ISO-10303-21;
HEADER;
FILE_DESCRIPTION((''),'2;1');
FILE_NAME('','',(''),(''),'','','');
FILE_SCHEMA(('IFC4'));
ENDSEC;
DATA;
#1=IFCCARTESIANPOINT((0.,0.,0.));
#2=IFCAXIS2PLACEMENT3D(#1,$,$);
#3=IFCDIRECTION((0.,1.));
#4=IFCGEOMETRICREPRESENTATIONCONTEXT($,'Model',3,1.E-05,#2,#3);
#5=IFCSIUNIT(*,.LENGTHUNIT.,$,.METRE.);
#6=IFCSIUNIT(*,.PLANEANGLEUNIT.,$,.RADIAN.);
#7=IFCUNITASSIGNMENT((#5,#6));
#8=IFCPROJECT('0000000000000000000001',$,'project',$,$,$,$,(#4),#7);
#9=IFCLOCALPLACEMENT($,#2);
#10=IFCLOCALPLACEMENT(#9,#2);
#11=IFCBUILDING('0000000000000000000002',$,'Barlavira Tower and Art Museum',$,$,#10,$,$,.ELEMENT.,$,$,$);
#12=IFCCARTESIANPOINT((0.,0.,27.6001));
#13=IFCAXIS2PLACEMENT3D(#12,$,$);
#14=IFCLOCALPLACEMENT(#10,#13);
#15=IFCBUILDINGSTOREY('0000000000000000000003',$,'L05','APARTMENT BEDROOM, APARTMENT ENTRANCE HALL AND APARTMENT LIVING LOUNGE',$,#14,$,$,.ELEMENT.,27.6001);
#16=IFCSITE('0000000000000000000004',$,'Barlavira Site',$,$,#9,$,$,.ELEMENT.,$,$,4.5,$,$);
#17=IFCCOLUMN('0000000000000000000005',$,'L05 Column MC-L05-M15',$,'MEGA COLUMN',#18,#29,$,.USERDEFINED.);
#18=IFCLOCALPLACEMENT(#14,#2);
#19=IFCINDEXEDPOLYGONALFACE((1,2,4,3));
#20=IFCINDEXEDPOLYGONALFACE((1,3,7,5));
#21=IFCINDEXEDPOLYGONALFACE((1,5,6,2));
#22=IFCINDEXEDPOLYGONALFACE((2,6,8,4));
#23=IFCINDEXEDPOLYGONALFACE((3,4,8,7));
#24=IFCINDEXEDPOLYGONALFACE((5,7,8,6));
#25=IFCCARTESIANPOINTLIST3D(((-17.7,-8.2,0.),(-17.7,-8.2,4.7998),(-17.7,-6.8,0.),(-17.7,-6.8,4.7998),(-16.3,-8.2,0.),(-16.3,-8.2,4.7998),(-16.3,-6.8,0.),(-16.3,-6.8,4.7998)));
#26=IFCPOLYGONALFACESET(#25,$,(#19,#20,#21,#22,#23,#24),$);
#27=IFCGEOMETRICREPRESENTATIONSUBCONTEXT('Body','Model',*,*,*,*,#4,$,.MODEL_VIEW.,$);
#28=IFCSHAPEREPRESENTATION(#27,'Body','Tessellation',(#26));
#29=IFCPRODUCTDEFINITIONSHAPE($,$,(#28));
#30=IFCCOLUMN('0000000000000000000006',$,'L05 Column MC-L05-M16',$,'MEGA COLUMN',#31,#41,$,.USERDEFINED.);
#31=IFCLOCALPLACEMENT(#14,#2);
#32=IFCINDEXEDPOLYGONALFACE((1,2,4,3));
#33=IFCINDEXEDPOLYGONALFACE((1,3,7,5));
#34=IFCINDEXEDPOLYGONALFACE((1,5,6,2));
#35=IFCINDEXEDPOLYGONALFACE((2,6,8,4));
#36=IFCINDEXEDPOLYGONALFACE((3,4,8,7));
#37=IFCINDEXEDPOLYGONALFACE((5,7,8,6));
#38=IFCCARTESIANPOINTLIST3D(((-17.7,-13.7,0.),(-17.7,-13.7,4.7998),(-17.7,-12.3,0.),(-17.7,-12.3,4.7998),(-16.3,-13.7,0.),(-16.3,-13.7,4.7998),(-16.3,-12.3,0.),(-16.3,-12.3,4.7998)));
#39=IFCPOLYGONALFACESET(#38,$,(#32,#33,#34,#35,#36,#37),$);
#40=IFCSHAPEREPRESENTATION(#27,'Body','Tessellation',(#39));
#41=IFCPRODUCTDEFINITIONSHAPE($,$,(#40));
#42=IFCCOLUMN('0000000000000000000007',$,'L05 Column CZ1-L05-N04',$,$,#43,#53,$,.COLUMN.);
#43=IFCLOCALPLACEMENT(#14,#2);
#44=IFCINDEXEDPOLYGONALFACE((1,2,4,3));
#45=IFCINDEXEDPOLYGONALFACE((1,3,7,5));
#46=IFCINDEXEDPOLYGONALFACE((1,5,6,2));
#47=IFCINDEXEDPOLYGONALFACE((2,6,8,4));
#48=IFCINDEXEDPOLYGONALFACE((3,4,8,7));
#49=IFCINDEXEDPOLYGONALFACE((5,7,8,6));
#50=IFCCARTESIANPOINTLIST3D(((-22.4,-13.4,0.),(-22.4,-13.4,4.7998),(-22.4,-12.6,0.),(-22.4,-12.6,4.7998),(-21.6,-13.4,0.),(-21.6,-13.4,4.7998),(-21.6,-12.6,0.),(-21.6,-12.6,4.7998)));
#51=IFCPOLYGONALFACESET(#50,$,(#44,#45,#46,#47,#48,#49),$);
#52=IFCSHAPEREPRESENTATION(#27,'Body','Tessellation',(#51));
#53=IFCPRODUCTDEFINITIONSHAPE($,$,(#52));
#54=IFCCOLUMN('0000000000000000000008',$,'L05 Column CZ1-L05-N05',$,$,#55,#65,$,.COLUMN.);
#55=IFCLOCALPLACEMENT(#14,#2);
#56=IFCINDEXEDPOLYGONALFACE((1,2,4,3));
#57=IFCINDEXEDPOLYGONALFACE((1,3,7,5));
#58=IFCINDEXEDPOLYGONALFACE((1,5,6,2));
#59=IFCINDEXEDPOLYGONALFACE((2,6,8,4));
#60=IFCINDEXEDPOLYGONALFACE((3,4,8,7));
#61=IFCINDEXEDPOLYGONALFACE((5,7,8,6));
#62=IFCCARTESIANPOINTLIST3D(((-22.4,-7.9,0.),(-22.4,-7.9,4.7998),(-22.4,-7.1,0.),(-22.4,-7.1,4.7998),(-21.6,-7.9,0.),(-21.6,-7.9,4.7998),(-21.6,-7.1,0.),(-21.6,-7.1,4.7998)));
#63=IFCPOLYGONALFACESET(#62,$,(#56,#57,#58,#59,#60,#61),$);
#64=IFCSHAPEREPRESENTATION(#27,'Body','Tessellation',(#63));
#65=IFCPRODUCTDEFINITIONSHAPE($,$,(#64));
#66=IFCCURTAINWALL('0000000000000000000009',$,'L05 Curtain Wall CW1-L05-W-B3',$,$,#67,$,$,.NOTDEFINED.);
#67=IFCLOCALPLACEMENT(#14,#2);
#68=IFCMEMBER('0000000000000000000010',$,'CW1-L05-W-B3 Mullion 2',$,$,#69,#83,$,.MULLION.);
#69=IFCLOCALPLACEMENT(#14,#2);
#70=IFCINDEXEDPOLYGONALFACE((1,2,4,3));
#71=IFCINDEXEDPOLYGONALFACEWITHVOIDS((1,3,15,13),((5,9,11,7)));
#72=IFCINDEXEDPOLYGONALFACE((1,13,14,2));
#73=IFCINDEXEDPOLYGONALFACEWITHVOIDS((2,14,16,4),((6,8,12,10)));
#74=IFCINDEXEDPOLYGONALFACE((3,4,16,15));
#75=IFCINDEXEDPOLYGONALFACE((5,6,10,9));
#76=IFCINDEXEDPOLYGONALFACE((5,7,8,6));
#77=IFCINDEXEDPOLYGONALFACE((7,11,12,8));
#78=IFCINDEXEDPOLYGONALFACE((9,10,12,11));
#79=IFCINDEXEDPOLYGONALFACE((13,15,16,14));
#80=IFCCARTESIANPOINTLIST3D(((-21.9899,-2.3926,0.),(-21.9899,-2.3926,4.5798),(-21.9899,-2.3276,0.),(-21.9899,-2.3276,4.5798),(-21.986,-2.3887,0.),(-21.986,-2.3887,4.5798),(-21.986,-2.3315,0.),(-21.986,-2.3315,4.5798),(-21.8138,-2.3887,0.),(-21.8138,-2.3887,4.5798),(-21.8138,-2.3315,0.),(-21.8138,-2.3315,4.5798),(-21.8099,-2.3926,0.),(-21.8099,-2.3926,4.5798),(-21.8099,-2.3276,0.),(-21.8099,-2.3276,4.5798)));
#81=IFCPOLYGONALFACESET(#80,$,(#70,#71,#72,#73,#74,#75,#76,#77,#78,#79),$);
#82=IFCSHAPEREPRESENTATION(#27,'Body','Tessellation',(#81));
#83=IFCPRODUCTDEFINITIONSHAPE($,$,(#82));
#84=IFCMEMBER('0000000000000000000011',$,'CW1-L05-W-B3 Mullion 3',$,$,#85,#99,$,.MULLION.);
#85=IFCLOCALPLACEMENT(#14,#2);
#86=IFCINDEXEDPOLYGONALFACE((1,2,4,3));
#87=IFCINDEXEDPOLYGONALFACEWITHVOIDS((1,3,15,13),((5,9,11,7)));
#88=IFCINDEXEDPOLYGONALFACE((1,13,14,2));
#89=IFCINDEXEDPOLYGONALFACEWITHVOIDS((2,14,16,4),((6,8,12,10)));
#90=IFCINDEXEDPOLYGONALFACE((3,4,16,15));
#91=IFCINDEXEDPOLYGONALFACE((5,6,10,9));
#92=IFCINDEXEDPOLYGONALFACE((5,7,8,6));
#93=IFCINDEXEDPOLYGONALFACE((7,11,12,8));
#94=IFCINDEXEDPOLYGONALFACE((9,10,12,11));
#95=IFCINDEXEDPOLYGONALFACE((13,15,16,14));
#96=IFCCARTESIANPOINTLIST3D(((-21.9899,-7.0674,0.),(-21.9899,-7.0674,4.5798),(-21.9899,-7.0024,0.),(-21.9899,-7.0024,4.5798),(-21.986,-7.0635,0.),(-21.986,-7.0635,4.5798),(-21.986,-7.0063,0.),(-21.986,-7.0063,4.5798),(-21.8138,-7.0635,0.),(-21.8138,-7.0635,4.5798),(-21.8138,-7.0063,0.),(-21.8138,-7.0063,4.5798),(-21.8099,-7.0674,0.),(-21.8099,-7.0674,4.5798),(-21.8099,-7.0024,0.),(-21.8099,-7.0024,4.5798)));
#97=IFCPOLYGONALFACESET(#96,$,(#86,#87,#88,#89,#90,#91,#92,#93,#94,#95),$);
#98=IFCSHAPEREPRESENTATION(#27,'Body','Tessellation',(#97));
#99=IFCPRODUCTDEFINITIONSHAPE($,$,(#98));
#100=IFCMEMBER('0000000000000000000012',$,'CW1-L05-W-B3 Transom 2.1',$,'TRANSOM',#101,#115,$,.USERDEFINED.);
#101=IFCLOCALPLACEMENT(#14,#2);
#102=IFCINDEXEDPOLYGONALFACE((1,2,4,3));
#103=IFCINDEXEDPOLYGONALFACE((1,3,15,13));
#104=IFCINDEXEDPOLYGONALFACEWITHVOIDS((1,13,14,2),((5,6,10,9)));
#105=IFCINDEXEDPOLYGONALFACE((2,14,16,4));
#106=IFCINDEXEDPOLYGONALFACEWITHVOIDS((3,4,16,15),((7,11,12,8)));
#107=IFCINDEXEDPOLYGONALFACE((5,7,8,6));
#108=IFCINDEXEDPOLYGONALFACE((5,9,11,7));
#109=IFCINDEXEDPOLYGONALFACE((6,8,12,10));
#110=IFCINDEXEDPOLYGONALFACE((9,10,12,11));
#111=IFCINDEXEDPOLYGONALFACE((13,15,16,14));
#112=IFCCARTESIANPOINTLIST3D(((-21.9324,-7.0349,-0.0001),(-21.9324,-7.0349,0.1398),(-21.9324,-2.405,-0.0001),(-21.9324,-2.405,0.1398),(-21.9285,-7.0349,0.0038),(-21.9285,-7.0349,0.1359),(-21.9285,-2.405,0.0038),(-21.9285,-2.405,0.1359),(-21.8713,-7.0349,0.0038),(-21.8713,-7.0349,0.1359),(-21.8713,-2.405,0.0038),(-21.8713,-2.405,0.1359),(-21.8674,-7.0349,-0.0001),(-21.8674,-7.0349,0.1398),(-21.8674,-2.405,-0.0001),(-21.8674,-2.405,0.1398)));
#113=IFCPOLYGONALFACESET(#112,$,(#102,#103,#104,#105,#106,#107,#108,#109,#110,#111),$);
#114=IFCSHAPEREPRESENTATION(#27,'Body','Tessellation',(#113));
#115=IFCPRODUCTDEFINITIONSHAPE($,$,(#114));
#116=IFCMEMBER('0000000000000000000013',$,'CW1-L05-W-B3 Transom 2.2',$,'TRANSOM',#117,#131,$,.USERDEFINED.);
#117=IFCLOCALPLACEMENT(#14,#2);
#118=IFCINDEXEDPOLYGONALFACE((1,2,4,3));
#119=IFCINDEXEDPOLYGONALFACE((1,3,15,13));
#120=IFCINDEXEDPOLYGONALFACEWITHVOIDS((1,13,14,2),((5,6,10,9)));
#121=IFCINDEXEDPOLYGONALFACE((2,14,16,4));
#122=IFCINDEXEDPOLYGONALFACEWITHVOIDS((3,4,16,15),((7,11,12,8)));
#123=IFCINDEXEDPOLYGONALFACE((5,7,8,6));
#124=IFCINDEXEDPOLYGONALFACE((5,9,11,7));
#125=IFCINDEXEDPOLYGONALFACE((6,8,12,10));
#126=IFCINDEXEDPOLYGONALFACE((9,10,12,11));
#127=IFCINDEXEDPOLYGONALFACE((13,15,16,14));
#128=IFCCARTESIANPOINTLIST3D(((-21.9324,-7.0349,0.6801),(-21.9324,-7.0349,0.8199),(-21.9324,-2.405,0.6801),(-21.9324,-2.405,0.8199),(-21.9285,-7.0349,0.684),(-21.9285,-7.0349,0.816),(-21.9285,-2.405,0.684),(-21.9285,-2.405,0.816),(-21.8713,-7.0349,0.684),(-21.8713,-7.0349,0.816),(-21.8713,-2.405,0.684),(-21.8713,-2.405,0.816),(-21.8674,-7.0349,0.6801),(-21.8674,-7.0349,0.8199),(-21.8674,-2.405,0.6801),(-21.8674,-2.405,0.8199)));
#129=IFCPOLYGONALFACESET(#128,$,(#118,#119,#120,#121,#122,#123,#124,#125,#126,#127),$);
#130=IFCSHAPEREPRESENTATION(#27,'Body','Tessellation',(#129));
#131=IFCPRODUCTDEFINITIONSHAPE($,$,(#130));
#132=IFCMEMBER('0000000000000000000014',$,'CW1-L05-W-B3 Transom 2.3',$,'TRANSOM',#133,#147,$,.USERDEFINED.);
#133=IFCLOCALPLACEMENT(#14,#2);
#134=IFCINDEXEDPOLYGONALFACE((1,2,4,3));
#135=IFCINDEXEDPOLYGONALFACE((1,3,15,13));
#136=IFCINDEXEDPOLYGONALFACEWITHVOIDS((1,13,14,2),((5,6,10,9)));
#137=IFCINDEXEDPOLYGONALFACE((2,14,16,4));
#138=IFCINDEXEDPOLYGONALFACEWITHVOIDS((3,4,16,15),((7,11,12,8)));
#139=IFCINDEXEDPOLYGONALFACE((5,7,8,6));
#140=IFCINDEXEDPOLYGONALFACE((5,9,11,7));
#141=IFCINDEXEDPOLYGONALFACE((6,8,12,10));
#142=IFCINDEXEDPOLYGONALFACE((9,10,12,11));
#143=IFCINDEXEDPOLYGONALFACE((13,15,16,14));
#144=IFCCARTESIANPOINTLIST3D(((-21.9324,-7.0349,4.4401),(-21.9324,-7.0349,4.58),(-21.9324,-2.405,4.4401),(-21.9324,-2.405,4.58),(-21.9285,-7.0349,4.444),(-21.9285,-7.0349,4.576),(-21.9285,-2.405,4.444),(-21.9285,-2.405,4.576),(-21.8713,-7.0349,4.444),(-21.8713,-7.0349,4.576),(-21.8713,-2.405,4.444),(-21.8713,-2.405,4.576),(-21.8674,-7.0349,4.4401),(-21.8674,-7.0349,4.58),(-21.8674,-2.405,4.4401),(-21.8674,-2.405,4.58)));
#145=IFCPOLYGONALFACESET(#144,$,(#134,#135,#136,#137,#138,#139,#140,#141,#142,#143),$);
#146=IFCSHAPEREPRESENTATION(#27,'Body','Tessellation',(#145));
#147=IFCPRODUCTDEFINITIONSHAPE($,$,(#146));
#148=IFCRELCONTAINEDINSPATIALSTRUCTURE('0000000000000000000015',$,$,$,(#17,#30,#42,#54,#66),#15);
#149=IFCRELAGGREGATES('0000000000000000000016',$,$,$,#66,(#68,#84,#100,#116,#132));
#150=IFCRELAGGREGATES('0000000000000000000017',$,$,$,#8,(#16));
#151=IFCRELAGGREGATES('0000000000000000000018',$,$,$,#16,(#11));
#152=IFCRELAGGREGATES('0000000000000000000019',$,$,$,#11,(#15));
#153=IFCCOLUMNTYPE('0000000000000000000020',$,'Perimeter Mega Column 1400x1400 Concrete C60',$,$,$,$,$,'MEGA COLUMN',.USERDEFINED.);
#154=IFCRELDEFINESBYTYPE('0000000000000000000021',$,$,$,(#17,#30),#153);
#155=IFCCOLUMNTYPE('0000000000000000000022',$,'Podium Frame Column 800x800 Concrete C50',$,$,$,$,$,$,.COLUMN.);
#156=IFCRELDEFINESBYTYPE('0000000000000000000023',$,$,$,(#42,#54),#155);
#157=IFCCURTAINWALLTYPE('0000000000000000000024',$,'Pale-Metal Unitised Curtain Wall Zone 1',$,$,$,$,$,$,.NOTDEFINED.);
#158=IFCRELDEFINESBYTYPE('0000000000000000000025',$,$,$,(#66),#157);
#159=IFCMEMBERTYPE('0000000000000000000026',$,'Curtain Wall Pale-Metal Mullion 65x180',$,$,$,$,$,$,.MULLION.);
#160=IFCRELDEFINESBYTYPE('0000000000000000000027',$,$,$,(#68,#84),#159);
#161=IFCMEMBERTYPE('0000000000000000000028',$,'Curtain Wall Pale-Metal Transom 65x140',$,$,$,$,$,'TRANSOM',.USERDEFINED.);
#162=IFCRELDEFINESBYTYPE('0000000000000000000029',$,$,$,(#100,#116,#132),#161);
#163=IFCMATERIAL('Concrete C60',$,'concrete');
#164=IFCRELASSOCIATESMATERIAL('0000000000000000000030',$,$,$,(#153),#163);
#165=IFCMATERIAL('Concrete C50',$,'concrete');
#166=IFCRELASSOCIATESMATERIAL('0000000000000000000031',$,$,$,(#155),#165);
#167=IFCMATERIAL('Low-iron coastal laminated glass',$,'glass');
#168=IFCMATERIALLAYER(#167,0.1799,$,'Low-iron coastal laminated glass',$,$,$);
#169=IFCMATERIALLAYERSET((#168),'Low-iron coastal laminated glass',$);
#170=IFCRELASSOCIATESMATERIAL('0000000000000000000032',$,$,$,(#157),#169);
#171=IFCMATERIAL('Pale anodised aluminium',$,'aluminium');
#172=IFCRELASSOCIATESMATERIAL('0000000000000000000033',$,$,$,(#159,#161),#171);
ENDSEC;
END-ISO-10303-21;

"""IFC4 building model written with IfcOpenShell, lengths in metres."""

from ifc_helpers import new_model, si_unit, direction, frame, origin, origin_2d, place, context, subcontext, project, spatial, rectangle, hollow_rectangle, extrude, material, layer, layer_set, material_profile, profile_set, type_object, element, aggregate, save


model = new_model("IFC4")

# Units and contexts
model_context = context("Model", 3, precision=1e-05, world=origin(), true_north=direction((0.0, 1.0)))
body_context = subcontext(model_context, "Body", "Model", "MODEL_VIEW")
ifc_project = project(units=[si_unit("LENGTHUNIT", "METRE"), si_unit("PLANEANGLEUNIT", "RADIAN")], contexts=[model_context])

# Site, building, storey
site_placement = place(None, origin())
site = spatial("IfcSite", under=ifc_project, at=site_placement, Name="Barlavira Site", CompositionType="ELEMENT", RefElevation=4.5)
building_placement = place(site_placement, origin())
building = spatial("IfcBuilding", under=site, at=building_placement, Name="Barlavira Tower and Art Museum", CompositionType="ELEMENT")
storey_placement = place(building_placement, frame((0.0, 0.0, 27.6001)))
storey = spatial("IfcBuildingStorey", under=building, at=storey_placement, Name="L05", Description="APARTMENT BEDROOM, APARTMENT ENTRANCE HALL AND APARTMENT LIVING LOUNGE", CompositionType="ELEMENT", Elevation=27.6001)

# Columns
ifc_material_1 = material(Name="Concrete C60", Category="concrete")
ifc_material_profile_1 = material_profile(ifc_material_1, rectangle(XDim=1.3999, YDim=1.3999, at=origin_2d()), Name="RC-MCOL 1400x1400")
ifc_profile_set_1 = profile_set([ifc_material_profile_1], Name="Concrete C60")
column_type_1 = type_object("IfcColumnType", Name="Perimeter Mega Column 1400x1400 Concrete C60", ElementType="MEGA COLUMN", PredefinedType="USERDEFINED", material=ifc_profile_set_1)
for number, where, z_axis, x_axis, name in (
    (1, (-17.0, -7.5, 0.0), (0.0, 0.0, 1.0), (1.0, 0.0, 0.0), "L05 Column MC-L05-M15"),
    (2, (-17.0, -13.0, 0.0), (0.0, 0.0, 1.0), (1.0, 0.0, 0.0), "L05 Column MC-L05-M16"),
):
    element("IfcColumn", number, at=place(storey_placement, frame(where, z_axis=z_axis, x_axis=x_axis)), inside=storey, type_object=column_type_1, Name=name, ObjectType="MEGA COLUMN", PredefinedType="USERDEFINED", context=body_context, shape_type="SweptSolid", body=[
        extrude(rectangle(XDim=1.3999, YDim=1.3999, at=origin_2d()), origin(), (0.0, 0.0, 1.0), 4.7998),
    ])
ifc_material_2 = material(Name="Concrete C50", Category="concrete")
ifc_material_profile_2 = material_profile(ifc_material_2, rectangle(XDim=0.8, YDim=0.8, at=origin_2d()), Name="RC-COL 800x800")
ifc_profile_set_2 = profile_set([ifc_material_profile_2], Name="Concrete C50")
column_type_2 = type_object("IfcColumnType", Name="Podium Frame Column 800x800 Concrete C50", PredefinedType="COLUMN", material=ifc_profile_set_2)
for number, where, z_axis, x_axis, name in (
    (3, (-22.0, -13.0, 0.0), (0.0, 0.0, 1.0), (1.0, 0.0, 0.0), "L05 Column CZ1-L05-N04"),
    (4, (-22.0, -7.5, 0.0), (0.0, 0.0, 1.0), (1.0, 0.0, 0.0), "L05 Column CZ1-L05-N05"),
):
    element("IfcColumn", number, at=place(storey_placement, frame(where, z_axis=z_axis, x_axis=x_axis)), inside=storey, type_object=column_type_2, Name=name, PredefinedType="COLUMN", context=body_context, shape_type="SweptSolid", body=[
        extrude(rectangle(XDim=0.8, YDim=0.8, at=origin_2d()), origin(), (0.0, 0.0, 1.0), 4.7998),
    ])

# Curtain wall, members
ifc_material_3 = material(Name="Low-iron coastal laminated glass", Category="glass")
ifc_layer_1 = layer(ifc_material_3, 0.1799, Name="Low-iron coastal laminated glass")
ifc_layer_set_1 = layer_set([ifc_layer_1], Name="Low-iron coastal laminated glass")
curtain_wall_type = type_object("IfcCurtainWallType", Name="Pale-Metal Unitised Curtain Wall Zone 1", PredefinedType="NOTDEFINED", material=ifc_layer_set_1)
curtain_wall_placement = place(storey_placement, origin())
curtain_wall = element("IfcCurtainWall", 5, at=curtain_wall_placement, inside=storey, type_object=curtain_wall_type, Name="L05 Curtain Wall CW1-L05-W-B3", PredefinedType="NOTDEFINED")
ifc_material_4 = material(Name="Pale anodised aluminium", Category="aluminium")
ifc_material_profile_3 = material_profile(ifc_material_4, hollow_rectangle(XDim=0.0649, YDim=0.1799, WallThickness=0.0039, at=origin_2d()), Name="ALU-MULL 65x180x4")
ifc_profile_set_3 = profile_set([ifc_material_profile_3], Name="Pale anodised aluminium")
member_type_1 = type_object("IfcMemberType", Name="Curtain Wall Pale-Metal Mullion 65x180", PredefinedType="MULLION", material=ifc_profile_set_3)
member_1_placement = place(storey_placement, frame((-21.8999, -2.3601, 0.0), z_axis=(0.0, 0.0, 1.0), x_axis=(0.0, -1.0, 0.0)))
member_1 = element("IfcMember", 6, at=member_1_placement, type_object=member_type_1, Name="CW1-L05-W-B3 Mullion 2", PredefinedType="MULLION", context=body_context, shape_type="SweptSolid", body=[
    extrude(hollow_rectangle(XDim=0.0649, YDim=0.1799, WallThickness=0.0039, at=origin_2d()), origin(), (0.0, 0.0, 1.0), 4.5798),
])
member_2_placement = place(storey_placement, frame((-21.8999, -7.0349, 0.0), z_axis=(0.0, 0.0, 1.0), x_axis=(0.0, -1.0, 0.0)))
member_2 = element("IfcMember", 7, at=member_2_placement, type_object=member_type_1, Name="CW1-L05-W-B3 Mullion 3", PredefinedType="MULLION", context=body_context, shape_type="SweptSolid", body=[
    extrude(hollow_rectangle(XDim=0.0649, YDim=0.1799, WallThickness=0.0039, at=origin_2d()), origin(), (0.0, 0.0, 1.0), 4.5798),
])
ifc_material_profile_4 = material_profile(ifc_material_4, hollow_rectangle(XDim=0.0649, YDim=0.1399, WallThickness=0.0039, at=origin_2d()), Name="ALU-TRAN 65x140x4")
ifc_profile_set_4 = profile_set([ifc_material_profile_4], Name="Pale anodised aluminium")
member_type_2 = type_object("IfcMemberType", Name="Curtain Wall Pale-Metal Transom 65x140", ElementType="TRANSOM", PredefinedType="USERDEFINED", material=ifc_profile_set_4)
member_3_placement = place(storey_placement, frame((-21.8999, -2.405, 0.0698), z_axis=(0.0, -1.0, 0.0), x_axis=(1.0, 0.0, 0.0)))
member_3 = element("IfcMember", 8, at=member_3_placement, type_object=member_type_2, Name="CW1-L05-W-B3 Transom 2.1", ObjectType="TRANSOM", PredefinedType="USERDEFINED", context=body_context, shape_type="SweptSolid", body=[
    extrude(hollow_rectangle(XDim=0.0649, YDim=0.1399, WallThickness=0.0039, at=origin_2d()), origin(), (0.0, 0.0, 1.0), 4.6299),
])
member_4_placement = place(storey_placement, frame((-21.8999, -2.405, 0.75), z_axis=(0.0, -1.0, 0.0), x_axis=(1.0, 0.0, 0.0)))
member_4 = element("IfcMember", 9, at=member_4_placement, type_object=member_type_2, Name="CW1-L05-W-B3 Transom 2.2", ObjectType="TRANSOM", PredefinedType="USERDEFINED", context=body_context, shape_type="SweptSolid", body=[
    extrude(hollow_rectangle(XDim=0.0649, YDim=0.1399, WallThickness=0.0039, at=origin_2d()), origin(), (0.0, 0.0, 1.0), 4.6299),
])
member_5_placement = place(storey_placement, frame((-21.8999, -2.405, 4.51), z_axis=(0.0, -1.0, 0.0), x_axis=(1.0, 0.0, 0.0)))
member_5 = element("IfcMember", 10, at=member_5_placement, type_object=member_type_2, Name="CW1-L05-W-B3 Transom 2.3", ObjectType="TRANSOM", PredefinedType="USERDEFINED", context=body_context, shape_type="SweptSolid", body=[
    extrude(hollow_rectangle(XDim=0.0649, YDim=0.1399, WallThickness=0.0039, at=origin_2d()), origin(), (0.0, 0.0, 1.0), 4.6299),
])

aggregate(curtain_wall, [member_1, member_2, member_3, member_4, member_5])

save(model, "model.ifc")
